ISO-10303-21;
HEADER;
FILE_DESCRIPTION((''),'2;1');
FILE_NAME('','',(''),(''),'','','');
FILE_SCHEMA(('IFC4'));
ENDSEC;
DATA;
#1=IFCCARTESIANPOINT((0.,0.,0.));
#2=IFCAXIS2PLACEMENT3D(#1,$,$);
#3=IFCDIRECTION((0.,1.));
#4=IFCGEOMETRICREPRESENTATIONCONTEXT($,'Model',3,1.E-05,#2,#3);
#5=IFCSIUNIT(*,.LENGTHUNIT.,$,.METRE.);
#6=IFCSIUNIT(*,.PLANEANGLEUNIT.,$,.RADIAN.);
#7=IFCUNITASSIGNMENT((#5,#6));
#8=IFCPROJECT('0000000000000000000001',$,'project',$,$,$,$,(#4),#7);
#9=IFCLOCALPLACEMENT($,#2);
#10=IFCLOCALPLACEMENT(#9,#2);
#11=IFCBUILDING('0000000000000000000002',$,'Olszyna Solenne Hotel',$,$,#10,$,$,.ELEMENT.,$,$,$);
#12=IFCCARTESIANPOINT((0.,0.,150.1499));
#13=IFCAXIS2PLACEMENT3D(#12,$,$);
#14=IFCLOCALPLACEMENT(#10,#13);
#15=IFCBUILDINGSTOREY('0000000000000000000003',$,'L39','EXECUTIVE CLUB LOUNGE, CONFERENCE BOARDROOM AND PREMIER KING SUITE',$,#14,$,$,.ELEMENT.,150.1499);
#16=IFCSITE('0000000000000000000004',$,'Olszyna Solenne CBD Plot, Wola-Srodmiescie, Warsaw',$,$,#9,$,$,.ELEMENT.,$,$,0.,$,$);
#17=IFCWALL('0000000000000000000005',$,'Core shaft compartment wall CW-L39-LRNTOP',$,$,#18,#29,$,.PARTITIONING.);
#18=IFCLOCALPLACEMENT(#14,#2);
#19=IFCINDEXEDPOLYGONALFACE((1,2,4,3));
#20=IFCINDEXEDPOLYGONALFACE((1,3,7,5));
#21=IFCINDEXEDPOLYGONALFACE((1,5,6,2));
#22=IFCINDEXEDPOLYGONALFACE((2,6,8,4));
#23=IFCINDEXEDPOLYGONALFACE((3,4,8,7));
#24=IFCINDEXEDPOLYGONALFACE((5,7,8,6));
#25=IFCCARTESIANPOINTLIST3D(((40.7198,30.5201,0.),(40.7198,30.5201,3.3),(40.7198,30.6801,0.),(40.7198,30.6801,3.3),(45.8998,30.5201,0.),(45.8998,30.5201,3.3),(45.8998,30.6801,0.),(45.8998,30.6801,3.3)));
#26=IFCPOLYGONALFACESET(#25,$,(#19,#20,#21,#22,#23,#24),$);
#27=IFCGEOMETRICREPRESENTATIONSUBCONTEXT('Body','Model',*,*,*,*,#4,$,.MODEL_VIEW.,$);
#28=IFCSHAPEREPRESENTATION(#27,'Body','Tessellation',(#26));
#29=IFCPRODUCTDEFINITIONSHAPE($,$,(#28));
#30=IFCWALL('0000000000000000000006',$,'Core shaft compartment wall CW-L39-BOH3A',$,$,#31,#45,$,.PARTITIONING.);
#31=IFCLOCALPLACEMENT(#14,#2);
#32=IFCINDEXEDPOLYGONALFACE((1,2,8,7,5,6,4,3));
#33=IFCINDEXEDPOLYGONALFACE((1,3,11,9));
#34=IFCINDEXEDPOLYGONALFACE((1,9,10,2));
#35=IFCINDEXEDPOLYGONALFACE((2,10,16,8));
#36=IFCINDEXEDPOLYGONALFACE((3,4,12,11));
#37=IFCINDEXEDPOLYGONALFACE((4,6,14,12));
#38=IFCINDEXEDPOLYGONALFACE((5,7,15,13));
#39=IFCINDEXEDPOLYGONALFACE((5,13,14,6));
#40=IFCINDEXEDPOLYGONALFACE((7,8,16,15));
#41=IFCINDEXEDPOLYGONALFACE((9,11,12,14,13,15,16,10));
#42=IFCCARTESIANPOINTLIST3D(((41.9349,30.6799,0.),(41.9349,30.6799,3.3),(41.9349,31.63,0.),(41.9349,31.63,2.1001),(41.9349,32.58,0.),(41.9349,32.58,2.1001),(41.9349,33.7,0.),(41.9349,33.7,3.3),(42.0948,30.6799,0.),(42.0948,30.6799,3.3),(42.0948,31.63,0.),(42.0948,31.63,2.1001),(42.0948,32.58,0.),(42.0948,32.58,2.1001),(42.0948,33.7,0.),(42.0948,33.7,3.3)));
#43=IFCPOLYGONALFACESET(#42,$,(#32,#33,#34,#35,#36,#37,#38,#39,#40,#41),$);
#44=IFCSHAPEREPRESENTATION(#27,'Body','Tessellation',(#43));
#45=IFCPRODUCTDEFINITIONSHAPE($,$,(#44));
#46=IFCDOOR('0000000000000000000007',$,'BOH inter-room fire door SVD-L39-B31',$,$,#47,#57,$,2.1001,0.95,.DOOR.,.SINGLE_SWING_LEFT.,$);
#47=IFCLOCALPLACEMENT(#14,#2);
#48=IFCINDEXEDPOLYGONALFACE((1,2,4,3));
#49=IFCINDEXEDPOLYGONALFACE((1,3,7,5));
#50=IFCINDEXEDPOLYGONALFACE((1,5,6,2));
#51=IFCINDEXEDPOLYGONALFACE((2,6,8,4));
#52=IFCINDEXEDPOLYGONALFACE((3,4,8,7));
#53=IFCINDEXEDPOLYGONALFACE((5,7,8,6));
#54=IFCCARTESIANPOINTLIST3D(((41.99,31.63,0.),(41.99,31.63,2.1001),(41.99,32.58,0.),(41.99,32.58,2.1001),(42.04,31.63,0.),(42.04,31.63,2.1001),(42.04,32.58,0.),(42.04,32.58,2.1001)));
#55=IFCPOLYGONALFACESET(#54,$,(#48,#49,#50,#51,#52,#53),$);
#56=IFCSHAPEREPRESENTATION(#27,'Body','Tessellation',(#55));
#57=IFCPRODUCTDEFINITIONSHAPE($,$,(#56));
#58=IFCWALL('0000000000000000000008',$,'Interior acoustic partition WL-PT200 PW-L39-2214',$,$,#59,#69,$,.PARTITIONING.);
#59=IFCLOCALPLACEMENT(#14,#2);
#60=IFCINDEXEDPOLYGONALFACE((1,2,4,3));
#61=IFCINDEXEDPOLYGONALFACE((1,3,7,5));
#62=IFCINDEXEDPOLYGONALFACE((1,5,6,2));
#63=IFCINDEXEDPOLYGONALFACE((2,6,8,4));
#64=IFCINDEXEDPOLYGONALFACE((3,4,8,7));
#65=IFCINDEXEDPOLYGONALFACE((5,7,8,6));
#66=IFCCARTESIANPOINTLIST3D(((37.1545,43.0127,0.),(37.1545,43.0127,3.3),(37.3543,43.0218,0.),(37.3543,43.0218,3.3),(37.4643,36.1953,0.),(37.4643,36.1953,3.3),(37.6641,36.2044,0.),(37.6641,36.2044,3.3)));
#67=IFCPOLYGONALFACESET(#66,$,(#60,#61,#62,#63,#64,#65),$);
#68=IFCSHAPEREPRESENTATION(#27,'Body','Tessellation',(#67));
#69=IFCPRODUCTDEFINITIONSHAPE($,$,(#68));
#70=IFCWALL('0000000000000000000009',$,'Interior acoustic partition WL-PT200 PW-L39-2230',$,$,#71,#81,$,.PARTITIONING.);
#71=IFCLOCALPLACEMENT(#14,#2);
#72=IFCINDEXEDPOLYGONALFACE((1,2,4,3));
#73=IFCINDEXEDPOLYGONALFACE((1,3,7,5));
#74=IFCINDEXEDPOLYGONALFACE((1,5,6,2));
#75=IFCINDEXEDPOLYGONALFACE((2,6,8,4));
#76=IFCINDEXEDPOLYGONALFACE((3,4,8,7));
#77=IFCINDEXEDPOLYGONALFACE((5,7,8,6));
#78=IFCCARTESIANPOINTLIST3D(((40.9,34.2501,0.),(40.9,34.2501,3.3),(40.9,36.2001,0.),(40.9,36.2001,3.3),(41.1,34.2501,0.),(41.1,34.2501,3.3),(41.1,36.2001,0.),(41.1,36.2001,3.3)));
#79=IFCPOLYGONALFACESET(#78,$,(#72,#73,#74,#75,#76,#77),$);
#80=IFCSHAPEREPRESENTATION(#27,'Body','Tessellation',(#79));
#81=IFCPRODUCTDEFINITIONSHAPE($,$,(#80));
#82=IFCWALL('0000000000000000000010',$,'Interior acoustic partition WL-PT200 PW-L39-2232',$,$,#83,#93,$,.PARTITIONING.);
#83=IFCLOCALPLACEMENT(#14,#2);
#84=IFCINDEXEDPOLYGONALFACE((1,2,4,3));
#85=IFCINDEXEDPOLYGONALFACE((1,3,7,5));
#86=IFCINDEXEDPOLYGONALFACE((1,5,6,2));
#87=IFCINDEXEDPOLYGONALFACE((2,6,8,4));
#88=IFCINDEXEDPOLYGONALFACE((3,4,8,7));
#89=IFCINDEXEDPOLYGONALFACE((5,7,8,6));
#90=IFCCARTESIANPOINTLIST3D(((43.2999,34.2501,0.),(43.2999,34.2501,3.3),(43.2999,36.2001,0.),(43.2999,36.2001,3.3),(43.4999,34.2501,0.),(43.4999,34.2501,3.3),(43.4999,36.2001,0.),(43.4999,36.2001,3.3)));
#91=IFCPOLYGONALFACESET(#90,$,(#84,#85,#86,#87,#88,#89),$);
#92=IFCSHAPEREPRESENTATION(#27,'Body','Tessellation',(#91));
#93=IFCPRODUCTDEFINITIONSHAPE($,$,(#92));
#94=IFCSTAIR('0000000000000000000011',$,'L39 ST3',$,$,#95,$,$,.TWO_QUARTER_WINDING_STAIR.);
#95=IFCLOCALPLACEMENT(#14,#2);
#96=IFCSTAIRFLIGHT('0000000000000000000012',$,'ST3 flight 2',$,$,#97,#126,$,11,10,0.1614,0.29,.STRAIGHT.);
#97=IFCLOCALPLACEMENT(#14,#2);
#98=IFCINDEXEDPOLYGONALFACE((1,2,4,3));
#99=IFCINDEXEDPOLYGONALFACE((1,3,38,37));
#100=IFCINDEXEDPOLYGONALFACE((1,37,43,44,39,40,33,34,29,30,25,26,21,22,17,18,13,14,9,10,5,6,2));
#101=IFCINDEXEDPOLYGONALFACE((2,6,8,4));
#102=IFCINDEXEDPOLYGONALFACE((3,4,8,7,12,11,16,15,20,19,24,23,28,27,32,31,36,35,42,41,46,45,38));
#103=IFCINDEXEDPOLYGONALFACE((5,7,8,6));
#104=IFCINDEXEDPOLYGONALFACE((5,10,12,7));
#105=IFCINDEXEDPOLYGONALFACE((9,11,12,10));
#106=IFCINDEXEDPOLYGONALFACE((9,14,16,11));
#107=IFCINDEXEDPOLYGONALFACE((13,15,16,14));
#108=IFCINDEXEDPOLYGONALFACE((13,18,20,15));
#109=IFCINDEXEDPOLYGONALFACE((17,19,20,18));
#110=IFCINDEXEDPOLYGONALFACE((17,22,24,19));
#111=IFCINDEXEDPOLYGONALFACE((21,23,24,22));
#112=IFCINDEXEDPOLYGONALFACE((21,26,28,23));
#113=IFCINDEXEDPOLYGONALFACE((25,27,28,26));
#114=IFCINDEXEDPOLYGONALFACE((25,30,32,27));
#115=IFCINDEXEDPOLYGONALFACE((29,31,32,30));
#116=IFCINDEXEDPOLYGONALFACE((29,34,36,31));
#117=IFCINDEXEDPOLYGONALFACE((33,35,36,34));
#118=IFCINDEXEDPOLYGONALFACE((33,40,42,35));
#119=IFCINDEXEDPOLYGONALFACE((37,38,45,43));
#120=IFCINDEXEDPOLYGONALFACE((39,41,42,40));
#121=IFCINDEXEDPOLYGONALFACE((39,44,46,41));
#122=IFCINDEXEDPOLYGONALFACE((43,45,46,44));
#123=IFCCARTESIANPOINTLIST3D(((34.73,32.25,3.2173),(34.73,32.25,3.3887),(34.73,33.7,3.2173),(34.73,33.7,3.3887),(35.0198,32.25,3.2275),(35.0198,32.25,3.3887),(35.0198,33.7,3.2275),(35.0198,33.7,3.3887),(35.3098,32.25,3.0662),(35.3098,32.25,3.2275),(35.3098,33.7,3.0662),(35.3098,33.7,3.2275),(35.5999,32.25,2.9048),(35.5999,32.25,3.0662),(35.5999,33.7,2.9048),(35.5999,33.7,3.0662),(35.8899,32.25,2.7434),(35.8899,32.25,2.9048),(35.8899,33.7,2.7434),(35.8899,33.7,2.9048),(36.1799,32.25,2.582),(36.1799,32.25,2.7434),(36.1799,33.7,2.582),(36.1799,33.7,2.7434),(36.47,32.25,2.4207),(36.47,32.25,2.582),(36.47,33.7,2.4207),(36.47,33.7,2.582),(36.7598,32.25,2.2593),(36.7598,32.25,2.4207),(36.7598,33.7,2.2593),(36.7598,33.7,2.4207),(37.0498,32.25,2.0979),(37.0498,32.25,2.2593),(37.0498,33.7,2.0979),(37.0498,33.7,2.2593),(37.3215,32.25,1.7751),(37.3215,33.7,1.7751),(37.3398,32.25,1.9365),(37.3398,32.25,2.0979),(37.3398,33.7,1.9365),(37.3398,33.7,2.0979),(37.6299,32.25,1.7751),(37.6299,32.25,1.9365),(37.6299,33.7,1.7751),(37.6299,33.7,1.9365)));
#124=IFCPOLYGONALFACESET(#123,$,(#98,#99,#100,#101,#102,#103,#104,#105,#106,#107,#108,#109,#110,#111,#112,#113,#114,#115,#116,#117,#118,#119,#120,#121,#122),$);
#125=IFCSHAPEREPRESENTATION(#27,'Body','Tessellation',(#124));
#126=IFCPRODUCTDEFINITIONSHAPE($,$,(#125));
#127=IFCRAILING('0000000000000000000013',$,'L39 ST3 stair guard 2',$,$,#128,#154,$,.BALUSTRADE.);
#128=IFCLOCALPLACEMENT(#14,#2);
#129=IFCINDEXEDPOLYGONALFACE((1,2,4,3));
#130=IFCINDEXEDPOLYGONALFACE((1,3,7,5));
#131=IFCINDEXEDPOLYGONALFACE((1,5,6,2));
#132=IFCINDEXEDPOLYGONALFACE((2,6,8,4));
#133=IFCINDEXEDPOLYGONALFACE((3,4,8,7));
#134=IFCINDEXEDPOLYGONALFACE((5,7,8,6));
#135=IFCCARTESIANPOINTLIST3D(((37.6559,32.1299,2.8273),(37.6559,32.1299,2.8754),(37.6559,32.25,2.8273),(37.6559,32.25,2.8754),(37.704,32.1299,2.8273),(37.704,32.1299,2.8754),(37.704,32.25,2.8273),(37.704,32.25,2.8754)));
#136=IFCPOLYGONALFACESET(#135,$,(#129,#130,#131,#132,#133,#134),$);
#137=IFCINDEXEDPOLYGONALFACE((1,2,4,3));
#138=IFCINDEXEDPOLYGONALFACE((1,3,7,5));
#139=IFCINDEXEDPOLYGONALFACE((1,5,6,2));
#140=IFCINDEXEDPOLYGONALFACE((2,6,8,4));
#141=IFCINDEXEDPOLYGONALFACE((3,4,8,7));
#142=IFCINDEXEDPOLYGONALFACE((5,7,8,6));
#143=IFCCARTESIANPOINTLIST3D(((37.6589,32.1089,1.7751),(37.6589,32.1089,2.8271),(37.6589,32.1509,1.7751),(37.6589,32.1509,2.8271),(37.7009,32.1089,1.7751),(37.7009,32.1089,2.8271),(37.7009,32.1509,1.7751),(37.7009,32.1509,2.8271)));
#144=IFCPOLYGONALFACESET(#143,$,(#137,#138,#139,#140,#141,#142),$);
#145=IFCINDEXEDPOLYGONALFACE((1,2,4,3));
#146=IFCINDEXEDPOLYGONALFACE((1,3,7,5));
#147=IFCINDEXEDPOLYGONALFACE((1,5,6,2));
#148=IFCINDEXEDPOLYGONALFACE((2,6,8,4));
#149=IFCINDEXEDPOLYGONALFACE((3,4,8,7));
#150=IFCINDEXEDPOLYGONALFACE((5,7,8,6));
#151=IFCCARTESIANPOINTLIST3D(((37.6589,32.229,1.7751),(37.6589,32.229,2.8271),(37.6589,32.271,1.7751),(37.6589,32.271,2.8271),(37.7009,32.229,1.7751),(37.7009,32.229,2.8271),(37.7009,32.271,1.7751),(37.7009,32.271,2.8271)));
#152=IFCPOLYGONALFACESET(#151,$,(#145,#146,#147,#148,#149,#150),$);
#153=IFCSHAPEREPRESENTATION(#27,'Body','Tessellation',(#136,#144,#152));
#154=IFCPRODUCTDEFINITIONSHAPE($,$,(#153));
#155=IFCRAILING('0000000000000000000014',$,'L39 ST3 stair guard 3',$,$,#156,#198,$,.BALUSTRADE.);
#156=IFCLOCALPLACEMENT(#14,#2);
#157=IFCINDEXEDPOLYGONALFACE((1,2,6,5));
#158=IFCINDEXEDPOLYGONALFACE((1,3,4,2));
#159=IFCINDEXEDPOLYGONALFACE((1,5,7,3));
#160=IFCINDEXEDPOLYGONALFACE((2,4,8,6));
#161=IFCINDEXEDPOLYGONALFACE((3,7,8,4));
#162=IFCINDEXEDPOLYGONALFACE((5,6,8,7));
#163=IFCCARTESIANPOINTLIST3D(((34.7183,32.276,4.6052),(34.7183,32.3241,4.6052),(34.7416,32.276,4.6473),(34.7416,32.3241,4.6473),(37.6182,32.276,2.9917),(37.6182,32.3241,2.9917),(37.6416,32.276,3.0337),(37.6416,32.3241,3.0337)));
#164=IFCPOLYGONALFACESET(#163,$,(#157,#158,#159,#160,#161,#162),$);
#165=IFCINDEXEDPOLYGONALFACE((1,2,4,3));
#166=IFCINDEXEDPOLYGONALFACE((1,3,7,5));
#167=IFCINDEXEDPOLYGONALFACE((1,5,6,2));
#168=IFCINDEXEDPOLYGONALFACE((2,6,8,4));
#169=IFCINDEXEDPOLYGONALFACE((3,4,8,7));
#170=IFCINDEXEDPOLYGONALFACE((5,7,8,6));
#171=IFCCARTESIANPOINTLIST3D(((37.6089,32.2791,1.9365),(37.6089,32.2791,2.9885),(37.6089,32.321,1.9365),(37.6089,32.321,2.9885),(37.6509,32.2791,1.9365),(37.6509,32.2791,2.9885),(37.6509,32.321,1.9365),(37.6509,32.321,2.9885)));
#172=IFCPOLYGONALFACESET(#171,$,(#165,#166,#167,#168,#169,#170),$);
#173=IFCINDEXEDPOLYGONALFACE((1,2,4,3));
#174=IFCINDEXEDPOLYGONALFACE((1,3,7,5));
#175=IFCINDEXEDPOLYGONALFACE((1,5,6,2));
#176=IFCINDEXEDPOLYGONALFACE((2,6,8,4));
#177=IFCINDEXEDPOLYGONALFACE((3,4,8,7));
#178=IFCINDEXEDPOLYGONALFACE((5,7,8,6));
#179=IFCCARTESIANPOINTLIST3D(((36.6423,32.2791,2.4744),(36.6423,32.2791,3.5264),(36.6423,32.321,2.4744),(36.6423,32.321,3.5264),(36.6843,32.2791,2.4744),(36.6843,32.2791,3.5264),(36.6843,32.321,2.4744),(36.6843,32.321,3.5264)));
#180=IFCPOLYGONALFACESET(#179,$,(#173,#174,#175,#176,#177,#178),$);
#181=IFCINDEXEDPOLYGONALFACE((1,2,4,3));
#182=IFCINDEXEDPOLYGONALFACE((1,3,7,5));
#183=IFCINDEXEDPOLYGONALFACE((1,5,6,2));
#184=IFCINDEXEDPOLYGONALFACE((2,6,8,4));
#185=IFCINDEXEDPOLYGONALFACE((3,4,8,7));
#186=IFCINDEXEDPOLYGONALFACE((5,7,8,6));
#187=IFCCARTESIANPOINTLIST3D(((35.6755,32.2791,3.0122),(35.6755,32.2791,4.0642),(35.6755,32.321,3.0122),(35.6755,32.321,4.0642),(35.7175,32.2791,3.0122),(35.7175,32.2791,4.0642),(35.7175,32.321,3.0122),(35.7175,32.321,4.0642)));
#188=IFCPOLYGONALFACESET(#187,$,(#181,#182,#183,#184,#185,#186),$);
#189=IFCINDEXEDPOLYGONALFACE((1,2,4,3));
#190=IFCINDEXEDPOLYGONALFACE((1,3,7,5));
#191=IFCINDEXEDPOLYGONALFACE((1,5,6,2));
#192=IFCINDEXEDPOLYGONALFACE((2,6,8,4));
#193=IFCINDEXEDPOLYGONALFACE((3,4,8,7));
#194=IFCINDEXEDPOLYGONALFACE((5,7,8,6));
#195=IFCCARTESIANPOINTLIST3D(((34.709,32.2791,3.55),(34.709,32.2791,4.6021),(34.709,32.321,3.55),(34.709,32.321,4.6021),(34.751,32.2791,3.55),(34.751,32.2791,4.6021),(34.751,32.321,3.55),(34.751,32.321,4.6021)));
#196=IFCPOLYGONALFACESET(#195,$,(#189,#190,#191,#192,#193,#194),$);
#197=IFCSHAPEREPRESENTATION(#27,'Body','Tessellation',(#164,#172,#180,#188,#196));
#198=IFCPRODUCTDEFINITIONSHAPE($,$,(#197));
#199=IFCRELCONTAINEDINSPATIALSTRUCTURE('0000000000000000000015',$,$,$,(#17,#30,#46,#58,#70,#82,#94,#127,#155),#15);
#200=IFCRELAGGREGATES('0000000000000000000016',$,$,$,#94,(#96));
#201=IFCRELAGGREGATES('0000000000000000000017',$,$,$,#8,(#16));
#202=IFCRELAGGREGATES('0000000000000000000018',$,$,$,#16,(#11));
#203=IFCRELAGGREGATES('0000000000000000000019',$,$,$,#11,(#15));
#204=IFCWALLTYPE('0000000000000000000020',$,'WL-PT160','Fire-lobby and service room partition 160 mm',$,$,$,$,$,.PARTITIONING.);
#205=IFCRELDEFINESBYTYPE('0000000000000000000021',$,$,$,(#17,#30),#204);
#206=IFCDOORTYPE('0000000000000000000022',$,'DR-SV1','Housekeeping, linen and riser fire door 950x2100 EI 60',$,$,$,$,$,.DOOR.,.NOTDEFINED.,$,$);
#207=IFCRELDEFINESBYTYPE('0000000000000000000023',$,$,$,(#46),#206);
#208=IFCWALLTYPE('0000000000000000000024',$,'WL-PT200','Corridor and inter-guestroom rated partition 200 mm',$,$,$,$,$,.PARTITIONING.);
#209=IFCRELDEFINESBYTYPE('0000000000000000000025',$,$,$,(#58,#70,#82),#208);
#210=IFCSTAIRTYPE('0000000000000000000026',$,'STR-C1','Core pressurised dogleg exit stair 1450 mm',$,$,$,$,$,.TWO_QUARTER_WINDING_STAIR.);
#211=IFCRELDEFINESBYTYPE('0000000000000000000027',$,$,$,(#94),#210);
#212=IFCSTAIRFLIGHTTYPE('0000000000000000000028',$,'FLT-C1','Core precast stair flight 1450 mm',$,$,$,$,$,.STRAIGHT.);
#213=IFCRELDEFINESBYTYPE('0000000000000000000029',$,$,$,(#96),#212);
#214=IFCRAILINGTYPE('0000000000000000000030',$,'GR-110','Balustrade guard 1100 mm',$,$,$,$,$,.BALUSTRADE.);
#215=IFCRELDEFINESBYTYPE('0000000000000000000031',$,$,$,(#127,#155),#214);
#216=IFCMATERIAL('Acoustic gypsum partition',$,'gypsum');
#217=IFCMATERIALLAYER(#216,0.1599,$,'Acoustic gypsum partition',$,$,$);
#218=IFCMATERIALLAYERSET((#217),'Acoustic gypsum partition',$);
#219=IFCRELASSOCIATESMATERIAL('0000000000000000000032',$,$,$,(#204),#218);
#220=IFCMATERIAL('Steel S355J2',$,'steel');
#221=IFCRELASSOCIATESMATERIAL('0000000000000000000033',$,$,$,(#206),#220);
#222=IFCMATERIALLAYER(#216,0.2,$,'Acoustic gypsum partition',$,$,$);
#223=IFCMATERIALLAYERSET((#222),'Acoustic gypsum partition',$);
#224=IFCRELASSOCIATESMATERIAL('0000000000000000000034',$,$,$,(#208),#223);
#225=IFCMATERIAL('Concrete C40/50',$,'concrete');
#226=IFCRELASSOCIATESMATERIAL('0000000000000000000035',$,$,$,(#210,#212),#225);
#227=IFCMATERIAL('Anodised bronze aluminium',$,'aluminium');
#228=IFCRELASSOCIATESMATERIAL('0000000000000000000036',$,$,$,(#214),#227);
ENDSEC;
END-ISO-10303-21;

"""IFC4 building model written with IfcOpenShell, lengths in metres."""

from ifc_helpers import new_model, si_unit, direction, frame, frame_2d, origin, origin_2d, place, context, subcontext, project, spatial, polyline, rectangle, outline, extrude, source, transform, mapped, material, layer, layer_set, type_object, type_shapes, element, fill, aggregate, save


model = new_model("IFC4")

# Units and contexts
model_context = context("Model", 3, precision=1e-05, world=origin(), true_north=direction((0.0, 1.0)))
body_context = subcontext(model_context, "Body", "Model", "MODEL_VIEW")
ifc_project = project(units=[si_unit("LENGTHUNIT", "METRE"), si_unit("PLANEANGLEUNIT", "RADIAN")], contexts=[model_context])

# Site, building, storey
site_placement = place(None, origin())
site = spatial("IfcSite", under=ifc_project, at=site_placement, Name="Olszyna Solenne CBD Plot, Wola-Srodmiescie, Warsaw", CompositionType="ELEMENT", RefElevation=0.0)
building_placement = place(site_placement, origin())
building = spatial("IfcBuilding", under=site, at=building_placement, Name="Olszyna Solenne Hotel", CompositionType="ELEMENT")
storey_placement = place(building_placement, frame((0.0, 0.0, 150.1499)))
storey = spatial("IfcBuildingStorey", under=building, at=storey_placement, Name="L39", Description="EXECUTIVE CLUB LOUNGE, CONFERENCE BOARDROOM AND PREMIER KING SUITE", CompositionType="ELEMENT", Elevation=150.1499)

# Shared definitions
ifc_material_1 = material(Name="Steel S355J2", Category="steel")

# Shared definitions
ifc_material_2 = material(Name="Anodised bronze aluminium", Category="aluminium")

# Shared definitions
ifc_material_3 = material(Name="Acoustic gypsum partition", Category="gypsum")

# Shared definitions
ifc_layer_1 = layer(ifc_material_3, 0.1599, Name="Acoustic gypsum partition")
ifc_layer_set_1 = layer_set([ifc_layer_1], Name="Acoustic gypsum partition")
wall_type_1 = type_object("IfcWallType", Name="WL-PT160", Description="Fire-lobby and service room partition 160 mm", PredefinedType="PARTITIONING", material=ifc_layer_set_1)

# Wall
wall_1_placement = place(storey_placement, frame((40.72, 30.6001, 0.0), z_axis=(0.0, 0.0, 1.0), x_axis=(1.0, 0.0, 0.0)))
element("IfcWall", 1, at=wall_1_placement, inside=storey, type_object=wall_type_1, Name="Core shaft compartment wall CW-L39-LRNTOP", PredefinedType="PARTITIONING", context=body_context, shape_type="SweptSolid", body=[
    extrude(rectangle(XDim=5.1799, YDim=0.1599, at=frame_2d((2.5898, 0.0))), origin(), (0.0, 0.0, 1.0), 3.3),
])

# Wall, opening, door
wall_2_placement = place(storey_placement, frame((42.0149, 30.6799, 0.0), z_axis=(0.0, 0.0, 1.0), x_axis=(0.0, 1.0, 0.0)))
wall_2 = element("IfcWall", 2, at=wall_2_placement, inside=storey, type_object=wall_type_1, Name="Core shaft compartment wall CW-L39-BOH3A", PredefinedType="PARTITIONING", context=body_context, shape_type="SweptSolid", body=[
    extrude(rectangle(XDim=3.02, YDim=0.1599, at=frame_2d((1.51, 0.0))), origin(), (0.0, 0.0, 1.0), 3.3),
])
opening_1_placement = place(wall_2_placement, frame((0.95, 0.0, 0.0)))
opening_1 = element("IfcOpeningElement", 3, at=opening_1_placement, cuts=wall_2, PredefinedType="OPENING", context=body_context, shape_type="SweptSolid", body=[
    extrude(rectangle(XDim=0.95, YDim=2.1001, at=frame_2d((0.4751, 1.05))), frame((0.0, 0.0898, 0.0), z_axis=(0.0, -1.0, 0.0), x_axis=(1.0, 0.0, 0.0)), (0.0, 0.0, 1.0), 0.1799),
])
door_type_1 = type_object("IfcDoorType", Name="DR-SV1", Description="Housekeeping, linen and riser fire door 950x2100 EI 60", OperationType="NOTDEFINED", PredefinedType="DOOR", material=ifc_material_1)
shared_shape_1 = source(origin(), body_context, "Body", "SweptSolid", [
    extrude(rectangle(XDim=0.95, YDim=2.1001, at=frame_2d((0.4751, 1.05))), frame((0.0, 0.0249, 0.0), z_axis=(0.0, -1.0, 0.0), x_axis=(1.0, 0.0, 0.0)), (0.0, 0.0, 1.0), 0.05),
])
type_shapes(door_type_1, [shared_shape_1])
door_1_placement = place(opening_1_placement, origin())
door_1 = element("IfcDoor", 4, at=door_1_placement, inside=storey, type_object=door_type_1, Name="BOH inter-room fire door SVD-L39-B31", OperationType="SINGLE_SWING_LEFT", OverallHeight=2.1001, OverallWidth=0.95, PredefinedType="DOOR", context=body_context, shape_type="MappedRepresentation", body=[
    mapped(shared_shape_1, transform((0.0, 0.0, 0.0), x_axis=(1.0, 0.0, 0.0), y_axis=(0.0, 1.0, 0.0), z_axis=(0.0, 0.0, 1.0), scale=1.0)),
])
fill(opening_1, door_1)

# Walls
ifc_layer_2 = layer(ifc_material_3, 0.2, Name="Acoustic gypsum partition")
ifc_layer_set_2 = layer_set([ifc_layer_2], Name="Acoustic gypsum partition")
wall_type_2 = type_object("IfcWallType", Name="WL-PT200", Description="Corridor and inter-guestroom rated partition 200 mm", PredefinedType="PARTITIONING", material=ifc_layer_set_2)
wall_3_placement = place(storey_placement, frame((37.5642, 36.2, 0.0), z_axis=(0.0, 0.0, 1.0), x_axis=(-0.045398, 0.998969, 0.0)))
element("IfcWall", 5, at=wall_3_placement, inside=storey, type_object=wall_type_2, Name="Interior acoustic partition WL-PT200 PW-L39-2214", PredefinedType="PARTITIONING", context=body_context, shape_type="SweptSolid", body=[
    extrude(rectangle(XDim=6.8245, YDim=0.2, at=frame_2d((3.4121, 0.0))), origin(), (0.0, 0.0, 1.0), 3.3),
])
for number, where, z_axis, x_axis, name in (
    (6, (41.0, 34.25, 0.0), (0.0, 0.0, 1.0), (0.0, 1.0, 0.0), "Interior acoustic partition WL-PT200 PW-L39-2230"),
    (7, (43.3999, 34.25, 0.0), (0.0, 0.0, 1.0), (0.0, 1.0, 0.0), "Interior acoustic partition WL-PT200 PW-L39-2232"),
):
    element("IfcWall", number, at=place(storey_placement, frame(where, z_axis=z_axis, x_axis=x_axis)), inside=storey, type_object=wall_type_2, Name=name, PredefinedType="PARTITIONING", context=body_context, shape_type="SweptSolid", body=[
        extrude(rectangle(XDim=1.95, YDim=0.2, at=frame_2d((0.9751, 0.0))), origin(), (0.0, 0.0, 1.0), 3.3),
    ])

# Stair, stair flight
ifc_material_4 = material(Name="Concrete C40/50", Category="concrete")
stair_type = type_object("IfcStairType", Name="STR-C1", Description="Core pressurised dogleg exit stair 1450 mm", PredefinedType="TWO_QUARTER_WINDING_STAIR", material=ifc_material_4)
stair_placement = place(storey_placement, origin())
stair = element("IfcStair", 8, at=stair_placement, inside=storey, type_object=stair_type, Name="L39 ST3", PredefinedType="TWO_QUARTER_WINDING_STAIR")
stair_flight_type = type_object("IfcStairFlightType", Name="FLT-C1", Description="Core precast stair flight 1450 mm", PredefinedType="STRAIGHT", material=ifc_material_4)
stair_flight_placement = place(storey_placement, frame((37.6299, 32.9751, 1.7751), z_axis=(0.0, 0.0, 1.0), x_axis=(-1.0, 0.0, 0.0)))
stair_flight = element("IfcStairFlight", 9, at=stair_flight_placement, type_object=stair_flight_type, Name="ST3 flight 2", NumberOfRisers=11, NumberOfTreads=10, PredefinedType="STRAIGHT", RiserHeight=0.1614, TreadLength=0.29, context=body_context, shape_type="SweptSolid", body=[
    extrude(outline(polyline([(0.0, 0.0), (0.0, 0.1614), (0.29, 0.1614), (0.29, 0.3228), (0.5801, 0.3228), (0.5801, 0.4841), (0.8701, 0.4841), (0.8701, 0.6455), (1.1599, 0.6455), (1.1599, 0.8069), (1.45, 0.8069), (1.45, 0.9683), (1.74, 0.9683), (1.74, 1.1296), (2.03, 1.1296), (2.03, 1.291), (2.3201, 1.291), (2.3201, 1.4524), (2.6101, 1.4524), (2.6101, 1.6135), (2.8999, 1.6135), (2.8999, 1.7749), (2.8999, 1.4421), (0.3083, 0.0), (0.0, 0.0)])), frame((0.0, 0.7251, 0.0), z_axis=(0.0, -1.0, 0.0), x_axis=(1.0, 0.0, 0.0)), (0.0, 0.0, 1.0), 1.45),
])
aggregate(stair, [stair_flight])

# Railings
railing_type_1 = type_object("IfcRailingType", Name="GR-110", Description="Balustrade guard 1100 mm", PredefinedType="BALUSTRADE", material=ifc_material_2)
railing_1_placement = place(storey_placement, frame((37.6799, 32.1299, 1.7751)))
element("IfcRailing", 10, at=railing_1_placement, inside=storey, type_object=railing_type_1, Name="L39 ST3 stair guard 2", PredefinedType="BALUSTRADE", context=body_context, shape_type="SweptSolid", body=[
    extrude(rectangle(XDim=0.0481, YDim=0.0481, at=origin_2d()), frame((0.0, 0.0, 1.0762), z_axis=(0.0, 1.0, 0.0), x_axis=(-1.0, 0.0, 0.0)), (0.0, 0.0, 1.0), 0.1201),
    extrude(rectangle(XDim=0.042, YDim=0.042, at=origin_2d()), origin(), (0.0, 0.0, 1.0), 1.052),
    extrude(rectangle(XDim=0.042, YDim=0.042, at=origin_2d()), frame((0.0, 0.1201, 0.0)), (0.0, 0.0, 1.0), 1.052),
])
railing_2_placement = place(storey_placement, frame((37.6299, 32.3, 1.9365)))
element("IfcRailing", 11, at=railing_2_placement, inside=storey, type_object=railing_type_1, Name="L39 ST3 stair guard 3", PredefinedType="BALUSTRADE", context=body_context, shape_type="SweptSolid", body=[
    extrude(rectangle(XDim=0.0481, YDim=0.0481, at=origin_2d()), frame((0.0, 0.0, 1.0762), z_axis=(-0.873841, 0.0, 0.486211), x_axis=(0.0, -1.0, 0.0)), (0.0, 0.0, 1.0), 3.3186),
    extrude(rectangle(XDim=0.042, YDim=0.042, at=origin_2d()), origin(), (0.0, 0.0, 1.0), 1.052),
    extrude(rectangle(XDim=0.042, YDim=0.042, at=origin_2d()), frame((-0.9666, 0.0, 0.5378)), (0.0, 0.0, 1.0), 1.052),
    extrude(rectangle(XDim=0.042, YDim=0.042, at=origin_2d()), frame((-1.9333, 0.0, 1.0757)), (0.0, 0.0, 1.0), 1.052),
    extrude(rectangle(XDim=0.042, YDim=0.042, at=origin_2d()), frame((-2.8999, 0.0, 1.6135)), (0.0, 0.0, 1.0), 1.052),
])

save(model, "model.ifc")
